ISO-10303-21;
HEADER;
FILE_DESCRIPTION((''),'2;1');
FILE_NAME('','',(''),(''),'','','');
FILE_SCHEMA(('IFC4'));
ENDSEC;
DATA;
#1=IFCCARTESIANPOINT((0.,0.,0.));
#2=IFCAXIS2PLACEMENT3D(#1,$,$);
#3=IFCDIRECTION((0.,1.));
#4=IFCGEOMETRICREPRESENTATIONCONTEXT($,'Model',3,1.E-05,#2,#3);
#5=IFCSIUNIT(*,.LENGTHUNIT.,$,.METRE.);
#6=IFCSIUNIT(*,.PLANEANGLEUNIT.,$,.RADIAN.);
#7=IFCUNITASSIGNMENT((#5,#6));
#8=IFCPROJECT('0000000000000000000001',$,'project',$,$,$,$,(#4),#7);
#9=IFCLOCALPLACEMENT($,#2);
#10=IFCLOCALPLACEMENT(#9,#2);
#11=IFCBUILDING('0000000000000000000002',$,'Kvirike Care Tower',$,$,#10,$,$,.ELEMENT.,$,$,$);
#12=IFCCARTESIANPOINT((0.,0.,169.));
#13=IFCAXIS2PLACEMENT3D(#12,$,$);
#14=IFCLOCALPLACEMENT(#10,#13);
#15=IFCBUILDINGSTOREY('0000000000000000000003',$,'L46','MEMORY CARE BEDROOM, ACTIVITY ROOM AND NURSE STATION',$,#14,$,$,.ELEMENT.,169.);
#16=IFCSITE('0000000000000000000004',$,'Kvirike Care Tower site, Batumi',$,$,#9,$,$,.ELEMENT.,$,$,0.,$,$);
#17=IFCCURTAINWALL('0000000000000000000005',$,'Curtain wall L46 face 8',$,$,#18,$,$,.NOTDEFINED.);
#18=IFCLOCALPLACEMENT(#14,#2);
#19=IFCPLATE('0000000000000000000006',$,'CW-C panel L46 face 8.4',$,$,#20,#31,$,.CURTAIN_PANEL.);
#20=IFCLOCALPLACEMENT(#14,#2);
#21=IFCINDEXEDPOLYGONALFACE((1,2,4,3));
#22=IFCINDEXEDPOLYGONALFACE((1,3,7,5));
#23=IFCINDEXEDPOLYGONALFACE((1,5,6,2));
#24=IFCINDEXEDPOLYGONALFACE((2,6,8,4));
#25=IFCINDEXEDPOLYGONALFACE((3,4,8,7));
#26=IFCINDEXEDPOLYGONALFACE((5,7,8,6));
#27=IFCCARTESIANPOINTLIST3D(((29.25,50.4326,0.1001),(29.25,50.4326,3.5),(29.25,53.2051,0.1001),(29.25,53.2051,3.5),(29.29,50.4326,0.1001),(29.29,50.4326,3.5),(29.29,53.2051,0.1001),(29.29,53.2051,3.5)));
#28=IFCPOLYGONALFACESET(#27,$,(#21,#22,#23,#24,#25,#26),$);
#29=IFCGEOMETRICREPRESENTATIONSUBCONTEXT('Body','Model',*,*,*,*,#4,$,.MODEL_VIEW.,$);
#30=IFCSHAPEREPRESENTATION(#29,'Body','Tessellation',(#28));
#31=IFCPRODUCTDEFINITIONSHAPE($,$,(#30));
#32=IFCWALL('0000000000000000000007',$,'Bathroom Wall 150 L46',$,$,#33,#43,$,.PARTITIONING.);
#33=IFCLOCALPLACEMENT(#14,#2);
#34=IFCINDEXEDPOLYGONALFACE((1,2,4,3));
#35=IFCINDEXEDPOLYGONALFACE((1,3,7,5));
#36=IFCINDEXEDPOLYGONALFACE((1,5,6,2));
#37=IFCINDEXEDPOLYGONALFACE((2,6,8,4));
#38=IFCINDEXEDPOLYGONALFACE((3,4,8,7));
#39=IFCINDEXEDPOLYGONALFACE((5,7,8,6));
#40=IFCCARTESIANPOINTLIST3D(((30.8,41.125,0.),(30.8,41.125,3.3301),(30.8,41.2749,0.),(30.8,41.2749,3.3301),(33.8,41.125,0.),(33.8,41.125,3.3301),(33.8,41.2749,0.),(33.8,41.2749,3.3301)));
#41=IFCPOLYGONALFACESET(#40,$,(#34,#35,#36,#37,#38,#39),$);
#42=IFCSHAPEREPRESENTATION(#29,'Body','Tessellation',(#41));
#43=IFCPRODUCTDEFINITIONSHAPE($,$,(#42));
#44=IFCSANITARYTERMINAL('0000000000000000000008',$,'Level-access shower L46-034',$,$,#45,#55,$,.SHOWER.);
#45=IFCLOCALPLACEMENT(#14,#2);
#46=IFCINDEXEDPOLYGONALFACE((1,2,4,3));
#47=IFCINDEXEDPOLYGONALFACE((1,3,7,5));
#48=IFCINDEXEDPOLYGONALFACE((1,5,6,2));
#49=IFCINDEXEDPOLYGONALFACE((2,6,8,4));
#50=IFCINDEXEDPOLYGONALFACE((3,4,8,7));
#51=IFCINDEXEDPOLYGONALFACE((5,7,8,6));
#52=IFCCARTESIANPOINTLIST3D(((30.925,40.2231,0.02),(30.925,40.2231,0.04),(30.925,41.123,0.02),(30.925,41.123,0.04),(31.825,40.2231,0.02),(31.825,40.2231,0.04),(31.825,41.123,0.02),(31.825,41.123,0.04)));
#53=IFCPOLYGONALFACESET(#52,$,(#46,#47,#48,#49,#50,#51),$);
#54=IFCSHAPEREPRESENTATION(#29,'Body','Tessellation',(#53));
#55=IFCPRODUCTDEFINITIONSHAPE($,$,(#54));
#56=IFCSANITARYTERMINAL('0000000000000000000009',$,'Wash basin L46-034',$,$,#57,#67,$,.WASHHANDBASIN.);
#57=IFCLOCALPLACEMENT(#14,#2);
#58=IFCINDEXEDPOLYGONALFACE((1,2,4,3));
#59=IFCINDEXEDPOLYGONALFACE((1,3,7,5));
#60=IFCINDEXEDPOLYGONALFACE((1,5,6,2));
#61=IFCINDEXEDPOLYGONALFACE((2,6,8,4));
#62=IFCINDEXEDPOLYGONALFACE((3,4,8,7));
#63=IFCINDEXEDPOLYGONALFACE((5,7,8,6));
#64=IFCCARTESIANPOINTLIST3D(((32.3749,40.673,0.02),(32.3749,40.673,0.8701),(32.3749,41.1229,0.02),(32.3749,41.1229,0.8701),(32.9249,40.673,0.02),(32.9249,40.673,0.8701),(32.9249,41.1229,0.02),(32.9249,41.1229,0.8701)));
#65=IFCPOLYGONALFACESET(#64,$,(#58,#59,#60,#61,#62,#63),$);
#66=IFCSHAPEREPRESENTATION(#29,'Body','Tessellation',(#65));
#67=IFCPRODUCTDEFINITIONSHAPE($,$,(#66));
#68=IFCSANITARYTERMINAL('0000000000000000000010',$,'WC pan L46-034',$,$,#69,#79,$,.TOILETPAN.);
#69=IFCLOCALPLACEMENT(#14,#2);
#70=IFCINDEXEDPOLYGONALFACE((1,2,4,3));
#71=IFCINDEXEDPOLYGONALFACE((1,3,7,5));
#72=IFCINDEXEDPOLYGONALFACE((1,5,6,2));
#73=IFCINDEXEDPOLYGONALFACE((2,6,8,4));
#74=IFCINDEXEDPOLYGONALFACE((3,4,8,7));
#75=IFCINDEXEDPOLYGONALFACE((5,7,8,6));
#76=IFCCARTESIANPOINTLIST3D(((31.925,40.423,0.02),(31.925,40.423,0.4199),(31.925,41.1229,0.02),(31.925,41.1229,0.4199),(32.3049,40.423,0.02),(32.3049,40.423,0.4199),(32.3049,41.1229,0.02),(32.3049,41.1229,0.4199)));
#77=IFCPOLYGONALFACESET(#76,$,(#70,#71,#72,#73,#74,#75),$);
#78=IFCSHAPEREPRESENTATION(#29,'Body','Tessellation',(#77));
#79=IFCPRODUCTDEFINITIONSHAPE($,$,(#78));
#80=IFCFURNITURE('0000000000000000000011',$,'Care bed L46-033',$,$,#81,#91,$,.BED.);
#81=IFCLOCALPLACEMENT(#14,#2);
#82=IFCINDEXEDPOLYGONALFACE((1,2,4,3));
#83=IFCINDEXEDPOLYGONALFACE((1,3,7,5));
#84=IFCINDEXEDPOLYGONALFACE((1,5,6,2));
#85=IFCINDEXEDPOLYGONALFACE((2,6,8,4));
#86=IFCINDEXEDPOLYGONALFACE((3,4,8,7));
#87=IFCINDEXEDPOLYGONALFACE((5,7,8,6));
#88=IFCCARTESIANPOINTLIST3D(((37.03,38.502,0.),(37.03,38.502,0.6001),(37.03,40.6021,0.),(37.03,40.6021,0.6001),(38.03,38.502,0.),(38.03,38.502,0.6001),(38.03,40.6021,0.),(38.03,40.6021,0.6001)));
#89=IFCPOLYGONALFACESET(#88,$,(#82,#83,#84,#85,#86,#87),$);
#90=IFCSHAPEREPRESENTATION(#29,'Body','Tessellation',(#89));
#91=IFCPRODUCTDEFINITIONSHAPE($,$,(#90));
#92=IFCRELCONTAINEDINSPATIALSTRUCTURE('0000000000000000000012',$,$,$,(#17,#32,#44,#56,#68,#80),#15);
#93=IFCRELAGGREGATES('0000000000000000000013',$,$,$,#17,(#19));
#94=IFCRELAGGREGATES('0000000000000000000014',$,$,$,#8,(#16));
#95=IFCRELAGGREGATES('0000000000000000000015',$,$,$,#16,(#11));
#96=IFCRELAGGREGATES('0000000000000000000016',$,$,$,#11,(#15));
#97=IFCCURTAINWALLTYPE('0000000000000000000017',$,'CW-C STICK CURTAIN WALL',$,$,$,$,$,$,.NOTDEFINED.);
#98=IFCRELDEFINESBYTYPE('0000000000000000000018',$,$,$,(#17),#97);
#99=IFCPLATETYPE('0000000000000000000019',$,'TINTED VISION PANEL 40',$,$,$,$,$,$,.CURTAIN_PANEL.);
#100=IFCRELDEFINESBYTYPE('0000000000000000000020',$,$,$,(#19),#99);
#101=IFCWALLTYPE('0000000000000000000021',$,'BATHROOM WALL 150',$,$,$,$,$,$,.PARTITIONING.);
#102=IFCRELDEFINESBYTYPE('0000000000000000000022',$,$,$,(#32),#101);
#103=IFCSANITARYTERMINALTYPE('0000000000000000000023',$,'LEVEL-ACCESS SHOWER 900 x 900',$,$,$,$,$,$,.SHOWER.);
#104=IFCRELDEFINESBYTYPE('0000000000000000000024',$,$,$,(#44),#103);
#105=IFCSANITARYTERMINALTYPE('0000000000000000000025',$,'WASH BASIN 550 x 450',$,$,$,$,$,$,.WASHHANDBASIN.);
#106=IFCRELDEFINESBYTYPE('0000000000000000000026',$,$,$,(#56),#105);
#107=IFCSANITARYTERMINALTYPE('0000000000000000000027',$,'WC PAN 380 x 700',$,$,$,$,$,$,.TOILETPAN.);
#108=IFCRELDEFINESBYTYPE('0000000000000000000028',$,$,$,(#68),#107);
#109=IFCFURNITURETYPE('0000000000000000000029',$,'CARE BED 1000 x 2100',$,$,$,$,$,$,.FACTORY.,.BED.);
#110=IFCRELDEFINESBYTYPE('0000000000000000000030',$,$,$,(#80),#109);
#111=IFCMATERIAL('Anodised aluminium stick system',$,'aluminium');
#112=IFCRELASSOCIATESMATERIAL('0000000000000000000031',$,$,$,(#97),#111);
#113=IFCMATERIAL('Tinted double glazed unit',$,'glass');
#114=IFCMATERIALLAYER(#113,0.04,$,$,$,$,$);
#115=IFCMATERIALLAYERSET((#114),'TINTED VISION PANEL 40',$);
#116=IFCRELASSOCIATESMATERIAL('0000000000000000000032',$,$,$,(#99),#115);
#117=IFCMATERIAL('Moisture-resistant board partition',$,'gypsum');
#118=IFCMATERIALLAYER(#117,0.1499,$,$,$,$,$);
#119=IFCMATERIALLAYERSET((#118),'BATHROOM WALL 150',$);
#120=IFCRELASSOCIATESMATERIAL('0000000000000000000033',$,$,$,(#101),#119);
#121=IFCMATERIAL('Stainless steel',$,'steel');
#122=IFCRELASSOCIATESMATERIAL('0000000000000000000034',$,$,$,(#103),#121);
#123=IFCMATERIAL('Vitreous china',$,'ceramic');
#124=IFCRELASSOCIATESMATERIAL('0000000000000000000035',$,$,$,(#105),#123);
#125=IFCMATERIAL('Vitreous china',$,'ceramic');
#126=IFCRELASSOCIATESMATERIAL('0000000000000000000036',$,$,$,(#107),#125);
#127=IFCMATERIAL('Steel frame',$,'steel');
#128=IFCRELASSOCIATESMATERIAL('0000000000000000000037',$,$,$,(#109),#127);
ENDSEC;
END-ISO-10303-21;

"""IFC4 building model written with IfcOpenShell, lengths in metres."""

from ifc_helpers import new_model, si_unit, direction, frame, frame_2d, origin, origin_2d, place, context, subcontext, project, spatial, rectangle, extrude, material, layer, layer_set, type_object, element, aggregate, save


model = new_model("IFC4")

# Units and contexts
model_context = context("Model", 3, precision=1e-05, world=origin(), true_north=direction((0.0, 1.0)))
body_context = subcontext(model_context, "Body", "Model", "MODEL_VIEW")
ifc_project = project(units=[si_unit("LENGTHUNIT", "METRE"), si_unit("PLANEANGLEUNIT", "RADIAN")], contexts=[model_context])

# Site, building, storey
site_placement = place(None, origin())
site = spatial("IfcSite", under=ifc_project, at=site_placement, Name="Kvirike Care Tower site, Batumi", CompositionType="ELEMENT", RefElevation=0.0)
building_placement = place(site_placement, origin())
building = spatial("IfcBuilding", under=site, at=building_placement, Name="Kvirike Care Tower", CompositionType="ELEMENT")
storey_placement = place(building_placement, frame((0.0, 0.0, 169.0)))
storey = spatial("IfcBuildingStorey", under=building, at=storey_placement, Name="L46", Description="MEMORY CARE BEDROOM, ACTIVITY ROOM AND NURSE STATION", CompositionType="ELEMENT", Elevation=169.0)

# Curtain wall
ifc_material_1 = material(Name="Anodised aluminium stick system", Category="aluminium")
curtain_wall_type = type_object("IfcCurtainWallType", Name="CW-C STICK CURTAIN WALL", PredefinedType="NOTDEFINED", material=ifc_material_1)
curtain_wall_1_placement = place(storey_placement, origin())
curtain_wall_1 = element("IfcCurtainWall", 1, at=curtain_wall_1_placement, inside=storey, type_object=curtain_wall_type, Name="Curtain wall L46 face 8", PredefinedType="NOTDEFINED")

# Plate
ifc_material_2 = material(Name="Tinted double glazed unit", Category="glass")
ifc_layer_1 = layer(ifc_material_2, 0.04)
ifc_layer_set_1 = layer_set([ifc_layer_1], Name="TINTED VISION PANEL 40")
plate_type = type_object("IfcPlateType", Name="TINTED VISION PANEL 40", PredefinedType="CURTAIN_PANEL", material=ifc_layer_set_1)
plate_1_placement = place(storey_placement, frame((29.27, 51.8188, 0.1001), z_axis=(0.0, 0.0, 1.0), x_axis=(0.0, 1.0, 0.0)))
plate_1 = element("IfcPlate", 2, at=plate_1_placement, type_object=plate_type, Name="CW-C panel L46 face 8.4", PredefinedType="CURTAIN_PANEL", context=body_context, shape_type="SweptSolid", body=[
    extrude(rectangle(XDim=2.7725, YDim=0.04, at=origin_2d()), origin(), (0.0, 0.0, 1.0), 3.3999),
])
aggregate(curtain_wall_1, [plate_1])

# Wall
ifc_material_3 = material(Name="Moisture-resistant board partition", Category="gypsum")
ifc_layer_2 = layer(ifc_material_3, 0.1499)
ifc_layer_set_2 = layer_set([ifc_layer_2], Name="BATHROOM WALL 150")
wall_type = type_object("IfcWallType", Name="BATHROOM WALL 150", PredefinedType="PARTITIONING", material=ifc_layer_set_2)
wall_placement = place(storey_placement, frame((33.8, 41.2, 0.0), z_axis=(0.0, 0.0, 1.0), x_axis=(-1.0, 0.0, 0.0)))
element("IfcWall", 3, at=wall_placement, inside=storey, type_object=wall_type, Name="Bathroom Wall 150 L46", PredefinedType="PARTITIONING", context=body_context, shape_type="SweptSolid", body=[
    extrude(rectangle(XDim=3.0, YDim=0.1499, at=frame_2d((1.5, 0.0))), origin(), (0.0, 0.0, 1.0), 3.3301),
])

# Sanitary terminals
ifc_material_4 = material(Name="Stainless steel", Category="steel")
sanitary_terminal_type_1 = type_object("IfcSanitaryTerminalType", Name="LEVEL-ACCESS SHOWER 900 x 900", PredefinedType="SHOWER", material=ifc_material_4)
sanitary_terminal_1_placement = place(storey_placement, frame((31.375, 40.6731, 0.02), z_axis=(0.0, 0.0, 1.0), x_axis=(1.0, 0.0, 0.0)))
element("IfcSanitaryTerminal", 4, at=sanitary_terminal_1_placement, inside=storey, type_object=sanitary_terminal_type_1, Name="Level-access shower L46-034", PredefinedType="SHOWER", context=body_context, shape_type="SweptSolid", body=[
    extrude(rectangle(XDim=0.8999, YDim=0.8999, at=origin_2d()), origin(), (0.0, 0.0, 1.0), 0.02),
])
ifc_material_5 = material(Name="Vitreous china", Category="ceramic")
sanitary_terminal_type_2 = type_object("IfcSanitaryTerminalType", Name="WASH BASIN 550 x 450", PredefinedType="WASHHANDBASIN", material=ifc_material_5)
sanitary_terminal_2_placement = place(storey_placement, frame((32.6499, 40.8979, 0.02), z_axis=(0.0, 0.0, 1.0), x_axis=(1.0, 0.0, 0.0)))
element("IfcSanitaryTerminal", 5, at=sanitary_terminal_2_placement, inside=storey, type_object=sanitary_terminal_type_2, Name="Wash basin L46-034", PredefinedType="WASHHANDBASIN", context=body_context, shape_type="SweptSolid", body=[
    extrude(rectangle(XDim=0.55, YDim=0.45, at=origin_2d()), origin(), (0.0, 0.0, 1.0), 0.8501),
])
ifc_material_6 = material(Name="Vitreous china", Category="ceramic")
sanitary_terminal_type_3 = type_object("IfcSanitaryTerminalType", Name="WC PAN 380 x 700", PredefinedType="TOILETPAN", material=ifc_material_6)
sanitary_terminal_3_placement = place(storey_placement, frame((32.115, 40.7729, 0.02), z_axis=(0.0, 0.0, 1.0), x_axis=(1.0, 0.0, 0.0)))
element("IfcSanitaryTerminal", 6, at=sanitary_terminal_3_placement, inside=storey, type_object=sanitary_terminal_type_3, Name="WC pan L46-034", PredefinedType="TOILETPAN", context=body_context, shape_type="SweptSolid", body=[
    extrude(rectangle(XDim=0.3799, YDim=0.7, at=origin_2d()), origin(), (0.0, 0.0, 1.0), 0.3999),
])

# Furniture
ifc_material_7 = material(Name="Steel frame", Category="steel")
furniture_type = type_object("IfcFurnitureType", Name="CARE BED 1000 x 2100", AssemblyPlace="FACTORY", PredefinedType="BED", material=ifc_material_7)
furniture_placement = place(storey_placement, frame((37.53, 39.552, 0.0), z_axis=(0.0, 0.0, 1.0), x_axis=(-1.0, 0.0, 0.0)))
element("IfcFurniture", 7, at=furniture_placement, inside=storey, type_object=furniture_type, Name="Care bed L46-033", PredefinedType="BED", context=body_context, shape_type="SweptSolid", body=[
    extrude(rectangle(XDim=1.0, YDim=2.1001, at=origin_2d()), origin(), (0.0, 0.0, 1.0), 0.6001),
])

save(model, "model.ifc")
